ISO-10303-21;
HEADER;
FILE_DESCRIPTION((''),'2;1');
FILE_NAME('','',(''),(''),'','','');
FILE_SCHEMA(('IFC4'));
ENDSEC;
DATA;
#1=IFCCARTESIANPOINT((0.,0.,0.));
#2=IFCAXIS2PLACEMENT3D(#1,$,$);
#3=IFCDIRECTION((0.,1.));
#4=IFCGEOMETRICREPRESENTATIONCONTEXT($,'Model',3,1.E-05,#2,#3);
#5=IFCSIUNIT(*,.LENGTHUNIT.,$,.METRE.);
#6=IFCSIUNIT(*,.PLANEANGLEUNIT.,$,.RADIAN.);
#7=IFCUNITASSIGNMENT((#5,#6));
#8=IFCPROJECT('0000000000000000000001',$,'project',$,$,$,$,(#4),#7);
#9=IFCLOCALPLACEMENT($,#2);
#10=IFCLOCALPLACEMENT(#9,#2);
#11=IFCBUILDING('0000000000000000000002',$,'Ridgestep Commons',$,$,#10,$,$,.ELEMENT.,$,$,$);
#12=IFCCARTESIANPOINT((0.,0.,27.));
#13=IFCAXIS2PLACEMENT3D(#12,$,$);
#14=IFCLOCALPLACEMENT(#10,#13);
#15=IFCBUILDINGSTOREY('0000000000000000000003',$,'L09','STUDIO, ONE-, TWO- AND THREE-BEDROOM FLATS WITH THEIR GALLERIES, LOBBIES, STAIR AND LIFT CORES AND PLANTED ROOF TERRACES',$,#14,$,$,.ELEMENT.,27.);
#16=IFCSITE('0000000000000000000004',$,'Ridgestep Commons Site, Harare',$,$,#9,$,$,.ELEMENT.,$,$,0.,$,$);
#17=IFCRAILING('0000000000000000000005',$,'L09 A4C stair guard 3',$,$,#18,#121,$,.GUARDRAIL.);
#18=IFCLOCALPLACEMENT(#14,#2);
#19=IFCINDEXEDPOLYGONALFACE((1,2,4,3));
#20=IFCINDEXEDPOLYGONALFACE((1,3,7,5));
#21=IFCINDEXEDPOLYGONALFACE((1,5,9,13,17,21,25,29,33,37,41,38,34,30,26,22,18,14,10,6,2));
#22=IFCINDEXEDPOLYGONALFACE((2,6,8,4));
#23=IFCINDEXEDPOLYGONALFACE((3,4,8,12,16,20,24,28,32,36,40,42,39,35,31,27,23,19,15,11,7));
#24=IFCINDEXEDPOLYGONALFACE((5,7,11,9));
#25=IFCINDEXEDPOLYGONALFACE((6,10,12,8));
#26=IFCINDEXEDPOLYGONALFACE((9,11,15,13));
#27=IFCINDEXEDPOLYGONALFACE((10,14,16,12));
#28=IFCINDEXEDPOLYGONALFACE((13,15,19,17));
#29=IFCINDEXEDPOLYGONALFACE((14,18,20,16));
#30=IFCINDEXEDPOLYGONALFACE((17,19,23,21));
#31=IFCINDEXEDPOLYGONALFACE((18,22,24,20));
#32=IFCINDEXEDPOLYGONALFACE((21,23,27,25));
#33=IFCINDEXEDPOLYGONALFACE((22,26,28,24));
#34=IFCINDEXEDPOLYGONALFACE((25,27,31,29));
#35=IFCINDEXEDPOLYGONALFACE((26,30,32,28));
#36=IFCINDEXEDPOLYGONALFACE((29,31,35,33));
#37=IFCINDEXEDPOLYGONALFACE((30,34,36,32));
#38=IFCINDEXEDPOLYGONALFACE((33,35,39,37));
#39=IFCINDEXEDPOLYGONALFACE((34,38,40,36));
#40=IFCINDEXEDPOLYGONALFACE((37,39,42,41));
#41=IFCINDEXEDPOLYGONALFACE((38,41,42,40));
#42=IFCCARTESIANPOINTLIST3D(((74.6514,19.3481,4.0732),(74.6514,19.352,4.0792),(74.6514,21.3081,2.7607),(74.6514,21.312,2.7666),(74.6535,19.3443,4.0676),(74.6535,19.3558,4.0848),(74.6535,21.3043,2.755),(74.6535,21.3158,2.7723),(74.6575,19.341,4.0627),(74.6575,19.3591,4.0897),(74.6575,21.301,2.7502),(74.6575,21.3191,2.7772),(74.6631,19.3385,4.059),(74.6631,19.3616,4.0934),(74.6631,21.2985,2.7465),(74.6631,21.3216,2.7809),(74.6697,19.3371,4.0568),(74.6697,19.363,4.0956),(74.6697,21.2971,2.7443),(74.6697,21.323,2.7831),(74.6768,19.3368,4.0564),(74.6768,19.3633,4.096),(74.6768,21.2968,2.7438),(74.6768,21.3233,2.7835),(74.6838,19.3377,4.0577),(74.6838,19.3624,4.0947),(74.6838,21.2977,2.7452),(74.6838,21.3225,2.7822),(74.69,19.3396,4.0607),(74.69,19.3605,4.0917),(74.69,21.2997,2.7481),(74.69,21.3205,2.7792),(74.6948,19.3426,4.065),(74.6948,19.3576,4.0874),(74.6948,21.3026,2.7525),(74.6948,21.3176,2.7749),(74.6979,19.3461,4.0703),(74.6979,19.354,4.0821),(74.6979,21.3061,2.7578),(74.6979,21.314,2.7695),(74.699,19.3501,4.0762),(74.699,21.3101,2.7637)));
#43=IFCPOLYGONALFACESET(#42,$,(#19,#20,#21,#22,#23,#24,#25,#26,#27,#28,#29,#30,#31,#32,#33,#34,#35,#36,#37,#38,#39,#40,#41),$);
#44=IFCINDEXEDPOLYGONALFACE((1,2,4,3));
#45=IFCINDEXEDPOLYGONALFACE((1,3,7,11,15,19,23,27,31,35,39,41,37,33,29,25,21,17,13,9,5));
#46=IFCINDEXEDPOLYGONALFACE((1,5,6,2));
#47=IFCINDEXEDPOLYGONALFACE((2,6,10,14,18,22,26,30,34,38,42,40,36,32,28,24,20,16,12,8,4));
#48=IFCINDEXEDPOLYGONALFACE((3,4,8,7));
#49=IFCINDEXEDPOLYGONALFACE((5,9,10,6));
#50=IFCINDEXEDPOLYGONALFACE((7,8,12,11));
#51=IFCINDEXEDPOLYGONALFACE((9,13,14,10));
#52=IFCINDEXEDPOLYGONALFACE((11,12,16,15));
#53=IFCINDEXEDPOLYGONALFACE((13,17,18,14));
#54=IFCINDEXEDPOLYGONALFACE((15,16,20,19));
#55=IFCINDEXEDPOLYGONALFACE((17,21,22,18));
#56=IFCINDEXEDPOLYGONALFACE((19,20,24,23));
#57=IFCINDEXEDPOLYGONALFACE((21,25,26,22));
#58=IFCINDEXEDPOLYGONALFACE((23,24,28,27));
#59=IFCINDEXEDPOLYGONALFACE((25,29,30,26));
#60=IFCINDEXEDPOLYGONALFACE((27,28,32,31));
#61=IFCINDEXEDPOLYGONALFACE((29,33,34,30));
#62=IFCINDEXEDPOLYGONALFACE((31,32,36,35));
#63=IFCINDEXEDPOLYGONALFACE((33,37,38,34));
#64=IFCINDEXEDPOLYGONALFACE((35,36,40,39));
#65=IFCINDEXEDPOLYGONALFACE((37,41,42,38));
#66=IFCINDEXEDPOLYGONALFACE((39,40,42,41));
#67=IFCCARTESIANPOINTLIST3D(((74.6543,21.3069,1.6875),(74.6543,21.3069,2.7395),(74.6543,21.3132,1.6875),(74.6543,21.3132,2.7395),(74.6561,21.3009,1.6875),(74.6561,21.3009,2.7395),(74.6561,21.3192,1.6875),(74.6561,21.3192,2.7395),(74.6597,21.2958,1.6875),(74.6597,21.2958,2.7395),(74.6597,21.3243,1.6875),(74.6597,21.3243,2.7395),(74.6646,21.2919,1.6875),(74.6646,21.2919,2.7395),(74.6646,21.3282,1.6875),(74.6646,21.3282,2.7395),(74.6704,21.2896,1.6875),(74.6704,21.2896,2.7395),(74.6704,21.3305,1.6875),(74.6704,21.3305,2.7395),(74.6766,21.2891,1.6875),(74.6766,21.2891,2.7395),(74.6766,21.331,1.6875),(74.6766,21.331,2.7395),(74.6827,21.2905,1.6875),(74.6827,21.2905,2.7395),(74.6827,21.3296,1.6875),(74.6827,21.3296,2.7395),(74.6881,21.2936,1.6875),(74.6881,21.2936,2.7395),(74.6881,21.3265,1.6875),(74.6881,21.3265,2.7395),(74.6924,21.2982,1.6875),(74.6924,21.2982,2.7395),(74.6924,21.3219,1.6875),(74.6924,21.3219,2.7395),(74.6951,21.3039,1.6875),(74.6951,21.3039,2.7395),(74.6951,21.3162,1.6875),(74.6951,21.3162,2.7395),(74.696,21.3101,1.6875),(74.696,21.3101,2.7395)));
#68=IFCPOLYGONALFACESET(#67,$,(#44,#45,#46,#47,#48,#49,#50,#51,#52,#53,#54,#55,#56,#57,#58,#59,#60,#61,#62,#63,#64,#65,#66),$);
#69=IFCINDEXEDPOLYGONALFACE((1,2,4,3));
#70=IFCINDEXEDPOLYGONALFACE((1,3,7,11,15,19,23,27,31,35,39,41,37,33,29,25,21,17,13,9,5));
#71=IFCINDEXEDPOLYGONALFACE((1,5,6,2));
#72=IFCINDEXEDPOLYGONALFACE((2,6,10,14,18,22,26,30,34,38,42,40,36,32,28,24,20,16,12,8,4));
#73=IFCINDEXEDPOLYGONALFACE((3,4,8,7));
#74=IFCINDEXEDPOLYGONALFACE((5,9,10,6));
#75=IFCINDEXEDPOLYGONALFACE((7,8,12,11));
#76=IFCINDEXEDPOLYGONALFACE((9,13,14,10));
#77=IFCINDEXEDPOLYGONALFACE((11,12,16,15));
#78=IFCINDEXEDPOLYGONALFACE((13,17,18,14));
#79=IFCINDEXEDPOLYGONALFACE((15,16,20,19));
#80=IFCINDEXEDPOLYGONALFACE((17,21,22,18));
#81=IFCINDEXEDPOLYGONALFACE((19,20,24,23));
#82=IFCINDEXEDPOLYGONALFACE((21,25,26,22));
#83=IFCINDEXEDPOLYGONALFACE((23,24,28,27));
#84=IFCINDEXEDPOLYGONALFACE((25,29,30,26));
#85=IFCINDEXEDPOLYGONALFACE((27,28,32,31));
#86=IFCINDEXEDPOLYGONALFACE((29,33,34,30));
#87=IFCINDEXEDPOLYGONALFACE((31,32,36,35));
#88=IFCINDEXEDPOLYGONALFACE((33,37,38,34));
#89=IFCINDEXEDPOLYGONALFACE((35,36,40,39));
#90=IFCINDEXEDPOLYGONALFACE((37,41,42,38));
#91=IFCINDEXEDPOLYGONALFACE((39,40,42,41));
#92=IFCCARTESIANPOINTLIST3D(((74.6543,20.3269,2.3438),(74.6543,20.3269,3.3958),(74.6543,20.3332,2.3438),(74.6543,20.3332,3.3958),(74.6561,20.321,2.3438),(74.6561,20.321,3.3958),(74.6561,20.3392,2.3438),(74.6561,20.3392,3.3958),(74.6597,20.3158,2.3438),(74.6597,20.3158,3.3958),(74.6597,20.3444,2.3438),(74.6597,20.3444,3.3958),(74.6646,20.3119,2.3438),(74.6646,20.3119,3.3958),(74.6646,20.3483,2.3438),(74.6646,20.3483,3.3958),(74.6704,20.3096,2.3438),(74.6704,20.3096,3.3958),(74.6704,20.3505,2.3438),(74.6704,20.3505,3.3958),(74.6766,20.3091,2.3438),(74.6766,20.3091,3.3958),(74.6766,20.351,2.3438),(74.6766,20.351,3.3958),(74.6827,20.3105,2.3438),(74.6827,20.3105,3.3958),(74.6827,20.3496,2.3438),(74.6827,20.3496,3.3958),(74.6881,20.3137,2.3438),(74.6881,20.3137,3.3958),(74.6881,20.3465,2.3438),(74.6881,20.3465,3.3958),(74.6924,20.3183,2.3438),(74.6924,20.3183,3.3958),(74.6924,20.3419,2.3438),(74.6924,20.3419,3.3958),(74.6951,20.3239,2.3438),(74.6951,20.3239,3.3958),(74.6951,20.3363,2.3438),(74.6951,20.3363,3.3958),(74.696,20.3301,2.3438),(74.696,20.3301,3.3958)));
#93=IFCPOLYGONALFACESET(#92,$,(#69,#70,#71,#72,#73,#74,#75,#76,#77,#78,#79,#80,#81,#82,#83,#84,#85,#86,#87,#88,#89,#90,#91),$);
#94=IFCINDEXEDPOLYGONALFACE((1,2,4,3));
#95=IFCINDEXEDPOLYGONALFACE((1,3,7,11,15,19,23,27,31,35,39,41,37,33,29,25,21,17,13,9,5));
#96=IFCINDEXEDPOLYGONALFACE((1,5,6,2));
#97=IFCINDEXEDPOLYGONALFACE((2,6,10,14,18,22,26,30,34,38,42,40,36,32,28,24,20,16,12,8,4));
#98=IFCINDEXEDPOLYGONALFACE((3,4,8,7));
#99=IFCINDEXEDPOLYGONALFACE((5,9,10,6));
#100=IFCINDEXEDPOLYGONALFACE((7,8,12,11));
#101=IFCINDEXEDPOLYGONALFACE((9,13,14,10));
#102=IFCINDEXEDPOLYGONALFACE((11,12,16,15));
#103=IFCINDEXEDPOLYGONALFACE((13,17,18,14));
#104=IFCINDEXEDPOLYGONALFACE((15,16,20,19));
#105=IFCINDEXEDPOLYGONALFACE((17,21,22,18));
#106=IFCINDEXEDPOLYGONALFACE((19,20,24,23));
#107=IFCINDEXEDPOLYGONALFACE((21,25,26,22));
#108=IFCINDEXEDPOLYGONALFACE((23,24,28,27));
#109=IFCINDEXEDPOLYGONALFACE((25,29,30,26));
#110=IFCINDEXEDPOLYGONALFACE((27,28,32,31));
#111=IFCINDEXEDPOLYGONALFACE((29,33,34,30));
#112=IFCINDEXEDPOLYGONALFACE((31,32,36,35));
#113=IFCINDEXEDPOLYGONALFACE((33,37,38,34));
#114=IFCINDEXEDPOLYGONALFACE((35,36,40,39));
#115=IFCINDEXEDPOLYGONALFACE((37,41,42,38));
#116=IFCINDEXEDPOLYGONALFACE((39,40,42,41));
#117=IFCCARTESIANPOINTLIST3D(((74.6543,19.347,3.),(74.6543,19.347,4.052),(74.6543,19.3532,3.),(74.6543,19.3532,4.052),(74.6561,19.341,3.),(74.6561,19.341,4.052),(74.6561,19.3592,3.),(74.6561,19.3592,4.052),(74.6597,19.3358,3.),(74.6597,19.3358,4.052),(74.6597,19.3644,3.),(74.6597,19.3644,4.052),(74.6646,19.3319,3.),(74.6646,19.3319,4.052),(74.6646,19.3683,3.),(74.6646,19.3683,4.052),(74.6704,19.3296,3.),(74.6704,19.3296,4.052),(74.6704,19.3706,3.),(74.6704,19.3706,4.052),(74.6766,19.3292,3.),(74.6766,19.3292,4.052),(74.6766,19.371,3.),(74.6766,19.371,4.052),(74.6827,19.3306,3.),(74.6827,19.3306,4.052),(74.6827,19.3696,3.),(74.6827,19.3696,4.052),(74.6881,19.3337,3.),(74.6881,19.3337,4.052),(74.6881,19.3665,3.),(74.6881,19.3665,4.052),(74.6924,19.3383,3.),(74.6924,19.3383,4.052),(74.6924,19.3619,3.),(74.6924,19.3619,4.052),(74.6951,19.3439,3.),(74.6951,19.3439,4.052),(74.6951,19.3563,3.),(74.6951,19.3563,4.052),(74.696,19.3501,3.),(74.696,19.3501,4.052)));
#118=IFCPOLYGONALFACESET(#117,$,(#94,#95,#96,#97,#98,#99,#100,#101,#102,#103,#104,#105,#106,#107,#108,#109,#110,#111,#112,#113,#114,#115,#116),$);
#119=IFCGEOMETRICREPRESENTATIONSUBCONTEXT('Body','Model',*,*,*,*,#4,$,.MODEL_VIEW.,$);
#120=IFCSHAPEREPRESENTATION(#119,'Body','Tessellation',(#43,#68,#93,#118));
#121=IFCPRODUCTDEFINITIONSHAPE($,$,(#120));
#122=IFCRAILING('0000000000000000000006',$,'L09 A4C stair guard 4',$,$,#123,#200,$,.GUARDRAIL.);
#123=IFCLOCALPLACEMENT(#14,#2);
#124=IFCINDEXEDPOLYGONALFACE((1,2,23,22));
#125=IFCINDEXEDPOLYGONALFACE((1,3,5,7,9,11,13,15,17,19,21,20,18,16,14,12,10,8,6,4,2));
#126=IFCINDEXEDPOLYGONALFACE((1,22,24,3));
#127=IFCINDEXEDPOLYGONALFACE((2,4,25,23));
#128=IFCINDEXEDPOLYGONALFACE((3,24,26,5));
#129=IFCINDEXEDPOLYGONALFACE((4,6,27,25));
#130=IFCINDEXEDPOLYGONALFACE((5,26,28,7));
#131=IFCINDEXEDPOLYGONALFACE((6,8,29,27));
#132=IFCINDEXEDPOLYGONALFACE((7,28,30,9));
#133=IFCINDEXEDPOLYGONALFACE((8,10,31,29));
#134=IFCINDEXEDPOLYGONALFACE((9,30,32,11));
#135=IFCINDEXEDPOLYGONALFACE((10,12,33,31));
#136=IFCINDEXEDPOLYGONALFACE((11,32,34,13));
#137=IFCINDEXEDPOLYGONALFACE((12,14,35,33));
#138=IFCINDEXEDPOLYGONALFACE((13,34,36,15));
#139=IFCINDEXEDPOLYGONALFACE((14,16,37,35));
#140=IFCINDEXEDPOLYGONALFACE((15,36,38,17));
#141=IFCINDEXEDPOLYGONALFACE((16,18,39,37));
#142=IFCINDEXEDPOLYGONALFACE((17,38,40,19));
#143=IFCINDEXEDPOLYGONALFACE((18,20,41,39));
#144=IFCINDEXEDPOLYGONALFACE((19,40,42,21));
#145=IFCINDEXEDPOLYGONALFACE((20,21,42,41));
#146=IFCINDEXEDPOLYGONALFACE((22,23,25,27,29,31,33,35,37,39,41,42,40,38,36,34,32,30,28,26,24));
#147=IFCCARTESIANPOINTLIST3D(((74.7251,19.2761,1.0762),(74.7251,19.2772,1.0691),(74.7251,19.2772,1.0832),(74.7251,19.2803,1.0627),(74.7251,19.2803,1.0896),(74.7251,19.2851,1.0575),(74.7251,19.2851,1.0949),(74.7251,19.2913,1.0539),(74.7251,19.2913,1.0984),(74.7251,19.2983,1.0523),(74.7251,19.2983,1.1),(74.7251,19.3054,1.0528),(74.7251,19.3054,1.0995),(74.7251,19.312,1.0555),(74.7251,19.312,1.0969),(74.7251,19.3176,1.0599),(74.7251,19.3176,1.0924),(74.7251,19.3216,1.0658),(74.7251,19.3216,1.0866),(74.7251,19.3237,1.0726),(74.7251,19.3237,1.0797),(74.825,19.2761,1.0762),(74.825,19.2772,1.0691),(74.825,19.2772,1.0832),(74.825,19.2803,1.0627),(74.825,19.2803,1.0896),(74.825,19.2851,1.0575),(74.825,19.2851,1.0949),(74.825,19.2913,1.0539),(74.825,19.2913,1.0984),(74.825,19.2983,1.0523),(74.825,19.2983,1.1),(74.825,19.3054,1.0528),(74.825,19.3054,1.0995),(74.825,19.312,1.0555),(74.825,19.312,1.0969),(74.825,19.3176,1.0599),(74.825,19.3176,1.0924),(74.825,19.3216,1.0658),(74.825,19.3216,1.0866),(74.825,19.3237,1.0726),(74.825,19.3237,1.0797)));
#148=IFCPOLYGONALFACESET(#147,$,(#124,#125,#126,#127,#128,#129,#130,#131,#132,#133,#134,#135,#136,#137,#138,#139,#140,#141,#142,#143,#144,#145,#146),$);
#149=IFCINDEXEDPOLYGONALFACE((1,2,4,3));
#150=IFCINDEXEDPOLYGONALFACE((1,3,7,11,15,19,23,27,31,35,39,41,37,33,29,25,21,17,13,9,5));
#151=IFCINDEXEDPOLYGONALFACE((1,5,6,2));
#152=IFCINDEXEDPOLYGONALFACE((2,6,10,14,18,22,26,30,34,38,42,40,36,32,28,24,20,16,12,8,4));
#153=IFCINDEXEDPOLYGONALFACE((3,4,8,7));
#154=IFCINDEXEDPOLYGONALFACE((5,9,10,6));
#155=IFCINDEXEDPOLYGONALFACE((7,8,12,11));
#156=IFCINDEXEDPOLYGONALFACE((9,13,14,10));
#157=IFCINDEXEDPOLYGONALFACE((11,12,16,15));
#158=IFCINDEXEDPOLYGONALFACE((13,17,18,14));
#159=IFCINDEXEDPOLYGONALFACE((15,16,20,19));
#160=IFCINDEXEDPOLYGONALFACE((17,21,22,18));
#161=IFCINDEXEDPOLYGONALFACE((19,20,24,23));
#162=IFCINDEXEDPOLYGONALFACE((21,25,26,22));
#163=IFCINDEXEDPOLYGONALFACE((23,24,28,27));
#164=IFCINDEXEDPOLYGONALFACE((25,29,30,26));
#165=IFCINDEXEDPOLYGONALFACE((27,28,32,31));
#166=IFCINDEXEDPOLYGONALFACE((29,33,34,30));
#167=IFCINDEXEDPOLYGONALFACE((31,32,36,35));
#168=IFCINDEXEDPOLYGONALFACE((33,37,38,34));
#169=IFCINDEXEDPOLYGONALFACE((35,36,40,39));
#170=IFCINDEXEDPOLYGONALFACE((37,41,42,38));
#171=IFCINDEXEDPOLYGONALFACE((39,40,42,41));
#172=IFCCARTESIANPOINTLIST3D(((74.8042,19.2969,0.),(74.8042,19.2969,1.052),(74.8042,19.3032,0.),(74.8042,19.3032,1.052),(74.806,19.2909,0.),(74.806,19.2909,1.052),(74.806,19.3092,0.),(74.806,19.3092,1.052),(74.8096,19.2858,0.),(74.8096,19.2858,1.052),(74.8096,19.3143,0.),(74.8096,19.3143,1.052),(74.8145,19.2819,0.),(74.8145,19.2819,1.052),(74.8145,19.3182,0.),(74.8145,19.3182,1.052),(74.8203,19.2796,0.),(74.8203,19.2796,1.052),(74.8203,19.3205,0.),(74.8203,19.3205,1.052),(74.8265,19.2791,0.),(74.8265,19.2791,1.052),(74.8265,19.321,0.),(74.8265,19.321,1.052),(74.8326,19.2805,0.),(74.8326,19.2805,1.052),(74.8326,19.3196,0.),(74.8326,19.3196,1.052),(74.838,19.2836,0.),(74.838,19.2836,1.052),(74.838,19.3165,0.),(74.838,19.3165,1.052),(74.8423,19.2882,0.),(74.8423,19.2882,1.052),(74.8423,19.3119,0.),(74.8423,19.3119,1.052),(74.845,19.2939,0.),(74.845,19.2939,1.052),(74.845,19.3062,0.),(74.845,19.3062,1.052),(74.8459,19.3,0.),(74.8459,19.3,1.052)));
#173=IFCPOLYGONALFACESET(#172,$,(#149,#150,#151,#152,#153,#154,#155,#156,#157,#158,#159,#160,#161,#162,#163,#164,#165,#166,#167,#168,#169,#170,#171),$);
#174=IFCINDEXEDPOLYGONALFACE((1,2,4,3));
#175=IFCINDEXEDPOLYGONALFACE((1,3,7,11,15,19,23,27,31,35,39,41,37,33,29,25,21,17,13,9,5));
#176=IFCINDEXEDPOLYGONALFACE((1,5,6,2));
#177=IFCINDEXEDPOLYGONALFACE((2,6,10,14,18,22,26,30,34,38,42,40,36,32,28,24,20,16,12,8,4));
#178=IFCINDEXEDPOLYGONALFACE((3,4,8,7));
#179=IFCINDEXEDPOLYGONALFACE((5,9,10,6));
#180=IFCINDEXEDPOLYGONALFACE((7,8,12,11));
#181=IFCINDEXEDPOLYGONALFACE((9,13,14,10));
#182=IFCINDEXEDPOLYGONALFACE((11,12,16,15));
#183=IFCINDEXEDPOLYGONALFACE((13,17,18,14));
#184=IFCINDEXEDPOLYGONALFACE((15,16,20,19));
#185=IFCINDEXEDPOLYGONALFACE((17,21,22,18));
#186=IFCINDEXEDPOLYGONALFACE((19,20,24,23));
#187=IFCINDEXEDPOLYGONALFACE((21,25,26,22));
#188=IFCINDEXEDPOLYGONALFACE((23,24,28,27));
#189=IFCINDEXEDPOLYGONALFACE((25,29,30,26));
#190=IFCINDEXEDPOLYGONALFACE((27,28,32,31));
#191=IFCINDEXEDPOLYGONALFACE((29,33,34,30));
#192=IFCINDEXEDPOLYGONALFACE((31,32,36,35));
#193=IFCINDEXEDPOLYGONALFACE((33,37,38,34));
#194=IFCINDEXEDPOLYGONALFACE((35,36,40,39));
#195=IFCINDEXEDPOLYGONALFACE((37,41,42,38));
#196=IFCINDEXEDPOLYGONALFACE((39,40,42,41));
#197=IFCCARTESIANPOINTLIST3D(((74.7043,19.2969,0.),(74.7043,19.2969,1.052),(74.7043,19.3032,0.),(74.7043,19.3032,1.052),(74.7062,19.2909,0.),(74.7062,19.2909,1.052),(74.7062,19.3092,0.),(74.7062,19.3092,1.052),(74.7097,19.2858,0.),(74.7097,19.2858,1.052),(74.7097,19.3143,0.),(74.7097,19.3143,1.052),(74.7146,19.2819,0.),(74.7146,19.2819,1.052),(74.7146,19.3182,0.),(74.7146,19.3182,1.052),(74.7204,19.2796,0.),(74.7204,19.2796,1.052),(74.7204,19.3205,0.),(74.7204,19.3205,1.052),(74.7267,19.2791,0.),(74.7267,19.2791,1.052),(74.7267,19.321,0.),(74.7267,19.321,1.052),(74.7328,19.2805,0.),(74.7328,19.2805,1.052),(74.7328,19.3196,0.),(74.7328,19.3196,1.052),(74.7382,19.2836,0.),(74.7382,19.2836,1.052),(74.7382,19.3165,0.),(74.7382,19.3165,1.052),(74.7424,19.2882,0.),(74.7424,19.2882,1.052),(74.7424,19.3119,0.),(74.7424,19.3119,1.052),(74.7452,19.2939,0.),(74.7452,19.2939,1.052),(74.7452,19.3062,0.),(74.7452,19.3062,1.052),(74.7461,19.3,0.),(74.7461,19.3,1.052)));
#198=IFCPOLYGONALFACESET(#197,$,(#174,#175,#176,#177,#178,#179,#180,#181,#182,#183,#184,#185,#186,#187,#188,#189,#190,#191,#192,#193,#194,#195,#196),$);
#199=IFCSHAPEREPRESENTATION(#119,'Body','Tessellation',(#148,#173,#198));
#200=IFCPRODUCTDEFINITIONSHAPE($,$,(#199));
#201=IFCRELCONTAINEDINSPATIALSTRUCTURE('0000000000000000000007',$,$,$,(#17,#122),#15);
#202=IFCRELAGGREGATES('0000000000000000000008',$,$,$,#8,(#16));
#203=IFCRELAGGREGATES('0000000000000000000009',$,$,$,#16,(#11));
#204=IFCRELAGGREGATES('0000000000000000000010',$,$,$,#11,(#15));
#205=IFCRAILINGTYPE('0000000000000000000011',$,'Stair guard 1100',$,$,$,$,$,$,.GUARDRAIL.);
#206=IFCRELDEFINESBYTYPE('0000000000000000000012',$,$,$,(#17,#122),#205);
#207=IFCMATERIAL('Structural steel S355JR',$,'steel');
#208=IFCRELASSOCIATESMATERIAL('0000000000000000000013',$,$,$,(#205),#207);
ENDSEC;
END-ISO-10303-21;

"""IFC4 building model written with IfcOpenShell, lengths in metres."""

from ifc_helpers import new_model, si_unit, direction, frame, origin, origin_2d, place, context, subcontext, project, spatial, circle, extrude, material, type_object, element, save


model = new_model("IFC4")

# Units and contexts
model_context = context("Model", 3, precision=1e-05, world=origin(), true_north=direction((0.0, 1.0)))
body_context = subcontext(model_context, "Body", "Model", "MODEL_VIEW")
ifc_project = project(units=[si_unit("LENGTHUNIT", "METRE"), si_unit("PLANEANGLEUNIT", "RADIAN")], contexts=[model_context])

# Site, building, storey
site_placement = place(None, origin())
site = spatial("IfcSite", under=ifc_project, at=site_placement, Name="Ridgestep Commons Site, Harare", CompositionType="ELEMENT", RefElevation=0.0)
building_placement = place(site_placement, origin())
building = spatial("IfcBuilding", under=site, at=building_placement, Name="Ridgestep Commons", CompositionType="ELEMENT")
storey_placement = place(building_placement, frame((0.0, 0.0, 27.0)))
storey = spatial("IfcBuildingStorey", under=building, at=storey_placement, Name="L09", Description="STUDIO, ONE-, TWO- AND THREE-BEDROOM FLATS WITH THEIR GALLERIES, LOBBIES, STAIR AND LIFT CORES AND PLANTED ROOF TERRACES", CompositionType="ELEMENT", Elevation=27.0)

# Railings
ifc_material_1 = material(Name="Structural steel S355JR", Category="steel")
railing_type_1 = type_object("IfcRailingType", Name="Stair guard 1100", PredefinedType="GUARDRAIL", material=ifc_material_1)
railing_1_placement = place(storey_placement, frame((74.675, 21.3101, 1.6875)))
element("IfcRailing", 1, at=railing_1_placement, inside=storey, type_object=railing_type_1, Name="L09 A4C stair guard 3", PredefinedType="GUARDRAIL", context=body_context, shape_type="SweptSolid", body=[
    extrude(circle(Radius=0.0239, at=origin_2d()), frame((0.0, 0.0, 1.0762), z_axis=(0.0, -0.830902, 0.556419), x_axis=(1.0, 0.0, 0.0)), (0.0, 0.0, 1.0), 2.3589),
    extrude(circle(Radius=0.021, at=origin_2d()), origin(), (0.0, 0.0, 1.0), 1.052),
    extrude(circle(Radius=0.021, at=origin_2d()), frame((0.0, -0.98, 0.6562)), (0.0, 0.0, 1.0), 1.052),
    extrude(circle(Radius=0.021, at=origin_2d()), frame((0.0, -1.96, 1.3125)), (0.0, 0.0, 1.0), 1.052),
])
railing_2_placement = place(storey_placement, frame((74.825, 19.3, 0.0)))
element("IfcRailing", 2, at=railing_2_placement, inside=storey, type_object=railing_type_1, Name="L09 A4C stair guard 4", PredefinedType="GUARDRAIL", context=body_context, shape_type="SweptSolid", body=[
    extrude(circle(Radius=0.0239, at=origin_2d()), frame((0.0, 0.0, 1.0762), z_axis=(-1.0, 0.0, 0.0), x_axis=(0.0, -1.0, 0.0)), (0.0, 0.0, 1.0), 0.0999),
    extrude(circle(Radius=0.021, at=origin_2d()), origin(), (0.0, 0.0, 1.0), 1.052),
    extrude(circle(Radius=0.021, at=origin_2d()), frame((-0.0999, 0.0, 0.0)), (0.0, 0.0, 1.0), 1.052),
])

save(model, "model.ifc")
